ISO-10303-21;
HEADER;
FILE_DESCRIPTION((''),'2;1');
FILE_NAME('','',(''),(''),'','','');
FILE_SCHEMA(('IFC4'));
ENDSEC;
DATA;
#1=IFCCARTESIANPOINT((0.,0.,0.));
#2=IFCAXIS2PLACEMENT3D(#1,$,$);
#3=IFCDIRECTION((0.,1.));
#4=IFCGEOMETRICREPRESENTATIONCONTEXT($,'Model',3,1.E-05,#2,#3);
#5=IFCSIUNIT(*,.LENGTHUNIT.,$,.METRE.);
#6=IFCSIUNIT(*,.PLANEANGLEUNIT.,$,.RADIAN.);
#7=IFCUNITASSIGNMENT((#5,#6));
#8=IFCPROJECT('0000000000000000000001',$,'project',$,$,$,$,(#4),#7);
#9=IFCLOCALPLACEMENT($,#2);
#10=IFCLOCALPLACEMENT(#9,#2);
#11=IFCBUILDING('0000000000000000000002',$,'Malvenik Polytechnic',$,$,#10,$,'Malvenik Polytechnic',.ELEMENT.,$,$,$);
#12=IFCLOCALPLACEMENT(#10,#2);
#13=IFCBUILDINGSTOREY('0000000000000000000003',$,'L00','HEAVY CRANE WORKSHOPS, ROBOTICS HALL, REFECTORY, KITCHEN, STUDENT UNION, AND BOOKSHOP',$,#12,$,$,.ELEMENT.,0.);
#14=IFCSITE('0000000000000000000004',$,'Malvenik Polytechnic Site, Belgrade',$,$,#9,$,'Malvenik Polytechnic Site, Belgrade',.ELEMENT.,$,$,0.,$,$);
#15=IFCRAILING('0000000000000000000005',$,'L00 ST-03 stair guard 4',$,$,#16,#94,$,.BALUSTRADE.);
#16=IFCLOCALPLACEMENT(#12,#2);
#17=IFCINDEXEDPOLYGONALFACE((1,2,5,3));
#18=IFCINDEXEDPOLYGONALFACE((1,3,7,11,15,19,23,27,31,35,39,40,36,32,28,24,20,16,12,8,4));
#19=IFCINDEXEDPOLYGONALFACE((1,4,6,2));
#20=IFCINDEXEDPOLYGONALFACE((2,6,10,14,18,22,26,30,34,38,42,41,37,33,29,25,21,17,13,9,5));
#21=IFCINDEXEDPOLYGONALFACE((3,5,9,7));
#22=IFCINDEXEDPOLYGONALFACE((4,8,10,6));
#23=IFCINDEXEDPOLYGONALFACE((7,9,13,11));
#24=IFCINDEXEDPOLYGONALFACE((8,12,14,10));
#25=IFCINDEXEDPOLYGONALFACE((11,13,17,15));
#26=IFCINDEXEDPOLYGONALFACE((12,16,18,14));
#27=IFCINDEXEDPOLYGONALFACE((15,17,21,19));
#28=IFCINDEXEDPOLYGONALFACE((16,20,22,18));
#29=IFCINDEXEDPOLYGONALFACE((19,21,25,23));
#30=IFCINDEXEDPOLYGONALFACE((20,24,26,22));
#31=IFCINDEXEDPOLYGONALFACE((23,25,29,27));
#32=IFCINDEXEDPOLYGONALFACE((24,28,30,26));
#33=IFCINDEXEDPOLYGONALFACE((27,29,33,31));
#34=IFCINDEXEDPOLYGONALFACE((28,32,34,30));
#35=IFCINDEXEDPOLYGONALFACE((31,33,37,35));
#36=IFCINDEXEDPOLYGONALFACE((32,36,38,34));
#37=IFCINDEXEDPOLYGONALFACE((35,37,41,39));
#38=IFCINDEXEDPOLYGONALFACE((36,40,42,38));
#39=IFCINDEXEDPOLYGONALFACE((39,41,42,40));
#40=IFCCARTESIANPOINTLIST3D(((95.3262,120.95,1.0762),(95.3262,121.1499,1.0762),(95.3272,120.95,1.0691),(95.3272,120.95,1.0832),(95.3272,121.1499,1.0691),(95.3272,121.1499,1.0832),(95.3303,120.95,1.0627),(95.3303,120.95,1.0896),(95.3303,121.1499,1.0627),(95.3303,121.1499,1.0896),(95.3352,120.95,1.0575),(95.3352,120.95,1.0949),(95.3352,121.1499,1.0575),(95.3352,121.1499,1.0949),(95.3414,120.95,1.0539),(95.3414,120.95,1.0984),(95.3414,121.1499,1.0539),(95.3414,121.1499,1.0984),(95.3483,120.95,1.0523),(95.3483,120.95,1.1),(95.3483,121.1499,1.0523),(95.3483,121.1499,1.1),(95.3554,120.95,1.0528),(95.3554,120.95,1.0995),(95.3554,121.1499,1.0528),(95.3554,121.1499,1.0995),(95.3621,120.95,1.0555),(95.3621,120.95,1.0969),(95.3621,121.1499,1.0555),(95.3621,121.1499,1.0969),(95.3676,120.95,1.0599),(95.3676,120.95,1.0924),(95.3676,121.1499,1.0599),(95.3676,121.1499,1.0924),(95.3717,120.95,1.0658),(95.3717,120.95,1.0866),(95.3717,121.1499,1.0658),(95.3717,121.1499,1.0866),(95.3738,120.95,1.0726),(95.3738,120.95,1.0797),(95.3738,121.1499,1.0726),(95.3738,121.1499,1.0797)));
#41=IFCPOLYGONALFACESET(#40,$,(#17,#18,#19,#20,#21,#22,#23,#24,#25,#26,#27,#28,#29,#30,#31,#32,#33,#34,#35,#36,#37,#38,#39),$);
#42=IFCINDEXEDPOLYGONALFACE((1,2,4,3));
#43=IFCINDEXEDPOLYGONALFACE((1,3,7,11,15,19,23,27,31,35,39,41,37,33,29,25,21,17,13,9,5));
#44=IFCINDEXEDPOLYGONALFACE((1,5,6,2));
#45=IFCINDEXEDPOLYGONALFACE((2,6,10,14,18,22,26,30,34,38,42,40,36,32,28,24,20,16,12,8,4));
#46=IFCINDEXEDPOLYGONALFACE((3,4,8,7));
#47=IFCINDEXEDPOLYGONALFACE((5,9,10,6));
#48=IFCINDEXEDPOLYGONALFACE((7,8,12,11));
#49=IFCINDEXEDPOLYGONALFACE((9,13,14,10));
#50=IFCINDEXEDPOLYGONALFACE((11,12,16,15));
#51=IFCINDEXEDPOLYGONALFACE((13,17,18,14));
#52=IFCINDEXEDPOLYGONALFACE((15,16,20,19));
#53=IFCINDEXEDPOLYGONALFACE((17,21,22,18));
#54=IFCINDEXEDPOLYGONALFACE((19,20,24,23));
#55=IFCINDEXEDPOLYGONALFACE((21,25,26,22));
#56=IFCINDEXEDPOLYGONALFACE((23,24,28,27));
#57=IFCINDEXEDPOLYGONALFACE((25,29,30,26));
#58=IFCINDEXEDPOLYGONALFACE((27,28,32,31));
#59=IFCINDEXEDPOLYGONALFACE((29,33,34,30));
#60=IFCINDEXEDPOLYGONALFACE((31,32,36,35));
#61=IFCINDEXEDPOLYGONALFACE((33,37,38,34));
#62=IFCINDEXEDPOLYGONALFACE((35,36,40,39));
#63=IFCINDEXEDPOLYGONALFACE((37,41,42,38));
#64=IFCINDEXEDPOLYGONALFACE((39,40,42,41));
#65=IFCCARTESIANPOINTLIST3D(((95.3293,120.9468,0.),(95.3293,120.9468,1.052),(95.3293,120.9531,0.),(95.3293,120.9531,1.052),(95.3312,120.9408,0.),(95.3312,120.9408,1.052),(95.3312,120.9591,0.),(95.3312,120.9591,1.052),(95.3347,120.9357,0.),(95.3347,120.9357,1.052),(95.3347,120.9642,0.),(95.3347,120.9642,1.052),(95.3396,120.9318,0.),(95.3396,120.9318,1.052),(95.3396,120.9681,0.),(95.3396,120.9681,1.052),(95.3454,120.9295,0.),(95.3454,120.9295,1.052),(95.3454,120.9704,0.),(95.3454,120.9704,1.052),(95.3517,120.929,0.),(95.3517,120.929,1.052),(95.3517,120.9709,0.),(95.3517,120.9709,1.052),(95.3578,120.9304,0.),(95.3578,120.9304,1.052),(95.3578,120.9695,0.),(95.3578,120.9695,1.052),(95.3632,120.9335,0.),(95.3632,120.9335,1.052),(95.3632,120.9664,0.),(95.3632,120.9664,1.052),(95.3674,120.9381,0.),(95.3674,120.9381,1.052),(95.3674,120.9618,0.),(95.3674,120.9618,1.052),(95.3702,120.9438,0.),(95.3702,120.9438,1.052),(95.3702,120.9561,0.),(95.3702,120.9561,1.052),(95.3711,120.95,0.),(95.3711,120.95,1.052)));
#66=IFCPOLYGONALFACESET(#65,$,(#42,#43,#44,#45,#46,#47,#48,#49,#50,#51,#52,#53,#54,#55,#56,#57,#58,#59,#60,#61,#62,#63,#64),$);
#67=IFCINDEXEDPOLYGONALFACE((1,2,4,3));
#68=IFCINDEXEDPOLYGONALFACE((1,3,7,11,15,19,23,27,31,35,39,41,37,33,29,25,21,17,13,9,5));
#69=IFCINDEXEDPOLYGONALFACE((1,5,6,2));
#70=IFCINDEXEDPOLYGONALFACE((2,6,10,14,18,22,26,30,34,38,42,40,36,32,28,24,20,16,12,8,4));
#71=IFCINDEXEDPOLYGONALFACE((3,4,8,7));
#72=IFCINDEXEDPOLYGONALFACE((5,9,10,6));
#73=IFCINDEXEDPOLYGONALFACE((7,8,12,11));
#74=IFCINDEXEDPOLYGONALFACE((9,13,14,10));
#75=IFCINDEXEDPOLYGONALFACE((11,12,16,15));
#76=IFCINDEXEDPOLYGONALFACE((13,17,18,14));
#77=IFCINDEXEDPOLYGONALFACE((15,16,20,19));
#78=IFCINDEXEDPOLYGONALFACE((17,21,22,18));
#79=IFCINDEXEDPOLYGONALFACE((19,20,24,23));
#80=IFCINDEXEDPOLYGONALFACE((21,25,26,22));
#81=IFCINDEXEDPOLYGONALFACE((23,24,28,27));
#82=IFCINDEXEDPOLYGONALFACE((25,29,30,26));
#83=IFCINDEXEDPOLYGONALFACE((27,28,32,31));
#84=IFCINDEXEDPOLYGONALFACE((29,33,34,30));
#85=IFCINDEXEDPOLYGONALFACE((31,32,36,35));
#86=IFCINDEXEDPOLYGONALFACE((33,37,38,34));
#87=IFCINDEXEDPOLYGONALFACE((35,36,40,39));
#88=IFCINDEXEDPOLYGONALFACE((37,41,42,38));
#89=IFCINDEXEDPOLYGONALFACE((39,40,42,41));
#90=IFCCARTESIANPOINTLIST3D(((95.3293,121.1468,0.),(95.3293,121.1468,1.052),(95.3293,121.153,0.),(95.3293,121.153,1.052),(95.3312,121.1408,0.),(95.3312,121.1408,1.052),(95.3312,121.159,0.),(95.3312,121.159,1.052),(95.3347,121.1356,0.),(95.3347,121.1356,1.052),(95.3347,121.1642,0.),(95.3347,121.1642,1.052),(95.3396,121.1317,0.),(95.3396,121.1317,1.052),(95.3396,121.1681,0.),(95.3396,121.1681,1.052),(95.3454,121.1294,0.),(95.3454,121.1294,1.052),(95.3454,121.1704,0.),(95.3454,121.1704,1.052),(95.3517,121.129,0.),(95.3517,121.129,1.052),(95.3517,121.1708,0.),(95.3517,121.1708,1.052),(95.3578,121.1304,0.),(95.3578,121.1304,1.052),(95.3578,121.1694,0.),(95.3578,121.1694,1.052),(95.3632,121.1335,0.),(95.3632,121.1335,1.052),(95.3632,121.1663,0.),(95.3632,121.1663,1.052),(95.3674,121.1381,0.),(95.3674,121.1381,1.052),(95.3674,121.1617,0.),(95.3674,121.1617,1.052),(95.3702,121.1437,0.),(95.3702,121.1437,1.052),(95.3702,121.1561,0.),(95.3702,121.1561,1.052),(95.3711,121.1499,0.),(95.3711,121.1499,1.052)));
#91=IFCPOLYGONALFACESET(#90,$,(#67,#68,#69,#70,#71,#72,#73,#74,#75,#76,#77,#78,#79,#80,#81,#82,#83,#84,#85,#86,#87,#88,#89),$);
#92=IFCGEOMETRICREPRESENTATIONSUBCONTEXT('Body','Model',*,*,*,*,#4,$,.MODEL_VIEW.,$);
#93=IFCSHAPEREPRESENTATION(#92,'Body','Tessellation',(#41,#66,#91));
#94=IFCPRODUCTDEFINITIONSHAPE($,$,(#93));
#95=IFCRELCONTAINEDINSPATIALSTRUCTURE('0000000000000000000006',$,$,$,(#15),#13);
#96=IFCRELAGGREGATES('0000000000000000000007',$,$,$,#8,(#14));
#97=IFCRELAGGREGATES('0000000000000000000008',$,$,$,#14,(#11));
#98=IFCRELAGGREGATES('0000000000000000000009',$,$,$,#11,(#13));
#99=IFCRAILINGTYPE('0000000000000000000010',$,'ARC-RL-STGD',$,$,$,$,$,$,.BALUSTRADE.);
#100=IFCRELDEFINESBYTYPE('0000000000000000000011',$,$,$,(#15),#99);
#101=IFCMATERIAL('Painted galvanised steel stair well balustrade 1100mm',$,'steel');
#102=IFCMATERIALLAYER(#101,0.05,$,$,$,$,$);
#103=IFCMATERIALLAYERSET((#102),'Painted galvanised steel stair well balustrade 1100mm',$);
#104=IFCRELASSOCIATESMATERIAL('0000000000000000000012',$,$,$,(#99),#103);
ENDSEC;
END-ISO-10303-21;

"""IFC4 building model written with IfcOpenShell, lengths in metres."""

from ifc_helpers import new_model, si_unit, direction, frame, origin, origin_2d, place, context, subcontext, project, spatial, circle, extrude, material, layer, layer_set, type_object, element, save


model = new_model("IFC4")

# Units and contexts
model_context = context("Model", 3, precision=1e-05, world=origin(), true_north=direction((0.0, 1.0)))
body_context = subcontext(model_context, "Body", "Model", "MODEL_VIEW")
ifc_project = project(units=[si_unit("LENGTHUNIT", "METRE"), si_unit("PLANEANGLEUNIT", "RADIAN")], contexts=[model_context])

# Site, building, storey
site_placement = place(None, origin())
site = spatial("IfcSite", under=ifc_project, at=site_placement, Name="Malvenik Polytechnic Site, Belgrade", LongName="Malvenik Polytechnic Site, Belgrade", CompositionType="ELEMENT", RefElevation=0.0)
building_placement = place(site_placement, origin())
building = spatial("IfcBuilding", under=site, at=building_placement, Name="Malvenik Polytechnic", LongName="Malvenik Polytechnic", CompositionType="ELEMENT")
storey_placement = place(building_placement, origin())
storey = spatial("IfcBuildingStorey", under=building, at=storey_placement, Name="L00", Description="HEAVY CRANE WORKSHOPS, ROBOTICS HALL, REFECTORY, KITCHEN, STUDENT UNION, AND BOOKSHOP", CompositionType="ELEMENT", Elevation=0.0)

# Railing
ifc_material_1 = material(Name="Painted galvanised steel stair well balustrade 1100mm", Category="steel")
ifc_layer_1 = layer(ifc_material_1, 0.05)
ifc_layer_set_1 = layer_set([ifc_layer_1], Name="Painted galvanised steel stair well balustrade 1100mm")
railing_type_1 = type_object("IfcRailingType", Name="ARC-RL-STGD", PredefinedType="BALUSTRADE", material=ifc_layer_set_1)
railing_1_placement = place(storey_placement, frame((95.3501, 120.95, 0.0)))
element("IfcRailing", 1, at=railing_1_placement, inside=storey, type_object=railing_type_1, Name="L00 ST-03 stair guard 4", PredefinedType="BALUSTRADE", context=body_context, shape_type="SweptSolid", body=[
    extrude(circle(Radius=0.0239, at=origin_2d()), frame((0.0, 0.0, 1.0762), z_axis=(0.0, 1.0, 0.0), x_axis=(-1.0, 0.0, 0.0)), (0.0, 0.0, 1.0), 0.2),
    extrude(circle(Radius=0.021, at=origin_2d()), origin(), (0.0, 0.0, 1.0), 1.052),
    extrude(circle(Radius=0.021, at=origin_2d()), frame((0.0, 0.2, 0.0)), (0.0, 0.0, 1.0), 1.052),
])

save(model, "model.ifc")
